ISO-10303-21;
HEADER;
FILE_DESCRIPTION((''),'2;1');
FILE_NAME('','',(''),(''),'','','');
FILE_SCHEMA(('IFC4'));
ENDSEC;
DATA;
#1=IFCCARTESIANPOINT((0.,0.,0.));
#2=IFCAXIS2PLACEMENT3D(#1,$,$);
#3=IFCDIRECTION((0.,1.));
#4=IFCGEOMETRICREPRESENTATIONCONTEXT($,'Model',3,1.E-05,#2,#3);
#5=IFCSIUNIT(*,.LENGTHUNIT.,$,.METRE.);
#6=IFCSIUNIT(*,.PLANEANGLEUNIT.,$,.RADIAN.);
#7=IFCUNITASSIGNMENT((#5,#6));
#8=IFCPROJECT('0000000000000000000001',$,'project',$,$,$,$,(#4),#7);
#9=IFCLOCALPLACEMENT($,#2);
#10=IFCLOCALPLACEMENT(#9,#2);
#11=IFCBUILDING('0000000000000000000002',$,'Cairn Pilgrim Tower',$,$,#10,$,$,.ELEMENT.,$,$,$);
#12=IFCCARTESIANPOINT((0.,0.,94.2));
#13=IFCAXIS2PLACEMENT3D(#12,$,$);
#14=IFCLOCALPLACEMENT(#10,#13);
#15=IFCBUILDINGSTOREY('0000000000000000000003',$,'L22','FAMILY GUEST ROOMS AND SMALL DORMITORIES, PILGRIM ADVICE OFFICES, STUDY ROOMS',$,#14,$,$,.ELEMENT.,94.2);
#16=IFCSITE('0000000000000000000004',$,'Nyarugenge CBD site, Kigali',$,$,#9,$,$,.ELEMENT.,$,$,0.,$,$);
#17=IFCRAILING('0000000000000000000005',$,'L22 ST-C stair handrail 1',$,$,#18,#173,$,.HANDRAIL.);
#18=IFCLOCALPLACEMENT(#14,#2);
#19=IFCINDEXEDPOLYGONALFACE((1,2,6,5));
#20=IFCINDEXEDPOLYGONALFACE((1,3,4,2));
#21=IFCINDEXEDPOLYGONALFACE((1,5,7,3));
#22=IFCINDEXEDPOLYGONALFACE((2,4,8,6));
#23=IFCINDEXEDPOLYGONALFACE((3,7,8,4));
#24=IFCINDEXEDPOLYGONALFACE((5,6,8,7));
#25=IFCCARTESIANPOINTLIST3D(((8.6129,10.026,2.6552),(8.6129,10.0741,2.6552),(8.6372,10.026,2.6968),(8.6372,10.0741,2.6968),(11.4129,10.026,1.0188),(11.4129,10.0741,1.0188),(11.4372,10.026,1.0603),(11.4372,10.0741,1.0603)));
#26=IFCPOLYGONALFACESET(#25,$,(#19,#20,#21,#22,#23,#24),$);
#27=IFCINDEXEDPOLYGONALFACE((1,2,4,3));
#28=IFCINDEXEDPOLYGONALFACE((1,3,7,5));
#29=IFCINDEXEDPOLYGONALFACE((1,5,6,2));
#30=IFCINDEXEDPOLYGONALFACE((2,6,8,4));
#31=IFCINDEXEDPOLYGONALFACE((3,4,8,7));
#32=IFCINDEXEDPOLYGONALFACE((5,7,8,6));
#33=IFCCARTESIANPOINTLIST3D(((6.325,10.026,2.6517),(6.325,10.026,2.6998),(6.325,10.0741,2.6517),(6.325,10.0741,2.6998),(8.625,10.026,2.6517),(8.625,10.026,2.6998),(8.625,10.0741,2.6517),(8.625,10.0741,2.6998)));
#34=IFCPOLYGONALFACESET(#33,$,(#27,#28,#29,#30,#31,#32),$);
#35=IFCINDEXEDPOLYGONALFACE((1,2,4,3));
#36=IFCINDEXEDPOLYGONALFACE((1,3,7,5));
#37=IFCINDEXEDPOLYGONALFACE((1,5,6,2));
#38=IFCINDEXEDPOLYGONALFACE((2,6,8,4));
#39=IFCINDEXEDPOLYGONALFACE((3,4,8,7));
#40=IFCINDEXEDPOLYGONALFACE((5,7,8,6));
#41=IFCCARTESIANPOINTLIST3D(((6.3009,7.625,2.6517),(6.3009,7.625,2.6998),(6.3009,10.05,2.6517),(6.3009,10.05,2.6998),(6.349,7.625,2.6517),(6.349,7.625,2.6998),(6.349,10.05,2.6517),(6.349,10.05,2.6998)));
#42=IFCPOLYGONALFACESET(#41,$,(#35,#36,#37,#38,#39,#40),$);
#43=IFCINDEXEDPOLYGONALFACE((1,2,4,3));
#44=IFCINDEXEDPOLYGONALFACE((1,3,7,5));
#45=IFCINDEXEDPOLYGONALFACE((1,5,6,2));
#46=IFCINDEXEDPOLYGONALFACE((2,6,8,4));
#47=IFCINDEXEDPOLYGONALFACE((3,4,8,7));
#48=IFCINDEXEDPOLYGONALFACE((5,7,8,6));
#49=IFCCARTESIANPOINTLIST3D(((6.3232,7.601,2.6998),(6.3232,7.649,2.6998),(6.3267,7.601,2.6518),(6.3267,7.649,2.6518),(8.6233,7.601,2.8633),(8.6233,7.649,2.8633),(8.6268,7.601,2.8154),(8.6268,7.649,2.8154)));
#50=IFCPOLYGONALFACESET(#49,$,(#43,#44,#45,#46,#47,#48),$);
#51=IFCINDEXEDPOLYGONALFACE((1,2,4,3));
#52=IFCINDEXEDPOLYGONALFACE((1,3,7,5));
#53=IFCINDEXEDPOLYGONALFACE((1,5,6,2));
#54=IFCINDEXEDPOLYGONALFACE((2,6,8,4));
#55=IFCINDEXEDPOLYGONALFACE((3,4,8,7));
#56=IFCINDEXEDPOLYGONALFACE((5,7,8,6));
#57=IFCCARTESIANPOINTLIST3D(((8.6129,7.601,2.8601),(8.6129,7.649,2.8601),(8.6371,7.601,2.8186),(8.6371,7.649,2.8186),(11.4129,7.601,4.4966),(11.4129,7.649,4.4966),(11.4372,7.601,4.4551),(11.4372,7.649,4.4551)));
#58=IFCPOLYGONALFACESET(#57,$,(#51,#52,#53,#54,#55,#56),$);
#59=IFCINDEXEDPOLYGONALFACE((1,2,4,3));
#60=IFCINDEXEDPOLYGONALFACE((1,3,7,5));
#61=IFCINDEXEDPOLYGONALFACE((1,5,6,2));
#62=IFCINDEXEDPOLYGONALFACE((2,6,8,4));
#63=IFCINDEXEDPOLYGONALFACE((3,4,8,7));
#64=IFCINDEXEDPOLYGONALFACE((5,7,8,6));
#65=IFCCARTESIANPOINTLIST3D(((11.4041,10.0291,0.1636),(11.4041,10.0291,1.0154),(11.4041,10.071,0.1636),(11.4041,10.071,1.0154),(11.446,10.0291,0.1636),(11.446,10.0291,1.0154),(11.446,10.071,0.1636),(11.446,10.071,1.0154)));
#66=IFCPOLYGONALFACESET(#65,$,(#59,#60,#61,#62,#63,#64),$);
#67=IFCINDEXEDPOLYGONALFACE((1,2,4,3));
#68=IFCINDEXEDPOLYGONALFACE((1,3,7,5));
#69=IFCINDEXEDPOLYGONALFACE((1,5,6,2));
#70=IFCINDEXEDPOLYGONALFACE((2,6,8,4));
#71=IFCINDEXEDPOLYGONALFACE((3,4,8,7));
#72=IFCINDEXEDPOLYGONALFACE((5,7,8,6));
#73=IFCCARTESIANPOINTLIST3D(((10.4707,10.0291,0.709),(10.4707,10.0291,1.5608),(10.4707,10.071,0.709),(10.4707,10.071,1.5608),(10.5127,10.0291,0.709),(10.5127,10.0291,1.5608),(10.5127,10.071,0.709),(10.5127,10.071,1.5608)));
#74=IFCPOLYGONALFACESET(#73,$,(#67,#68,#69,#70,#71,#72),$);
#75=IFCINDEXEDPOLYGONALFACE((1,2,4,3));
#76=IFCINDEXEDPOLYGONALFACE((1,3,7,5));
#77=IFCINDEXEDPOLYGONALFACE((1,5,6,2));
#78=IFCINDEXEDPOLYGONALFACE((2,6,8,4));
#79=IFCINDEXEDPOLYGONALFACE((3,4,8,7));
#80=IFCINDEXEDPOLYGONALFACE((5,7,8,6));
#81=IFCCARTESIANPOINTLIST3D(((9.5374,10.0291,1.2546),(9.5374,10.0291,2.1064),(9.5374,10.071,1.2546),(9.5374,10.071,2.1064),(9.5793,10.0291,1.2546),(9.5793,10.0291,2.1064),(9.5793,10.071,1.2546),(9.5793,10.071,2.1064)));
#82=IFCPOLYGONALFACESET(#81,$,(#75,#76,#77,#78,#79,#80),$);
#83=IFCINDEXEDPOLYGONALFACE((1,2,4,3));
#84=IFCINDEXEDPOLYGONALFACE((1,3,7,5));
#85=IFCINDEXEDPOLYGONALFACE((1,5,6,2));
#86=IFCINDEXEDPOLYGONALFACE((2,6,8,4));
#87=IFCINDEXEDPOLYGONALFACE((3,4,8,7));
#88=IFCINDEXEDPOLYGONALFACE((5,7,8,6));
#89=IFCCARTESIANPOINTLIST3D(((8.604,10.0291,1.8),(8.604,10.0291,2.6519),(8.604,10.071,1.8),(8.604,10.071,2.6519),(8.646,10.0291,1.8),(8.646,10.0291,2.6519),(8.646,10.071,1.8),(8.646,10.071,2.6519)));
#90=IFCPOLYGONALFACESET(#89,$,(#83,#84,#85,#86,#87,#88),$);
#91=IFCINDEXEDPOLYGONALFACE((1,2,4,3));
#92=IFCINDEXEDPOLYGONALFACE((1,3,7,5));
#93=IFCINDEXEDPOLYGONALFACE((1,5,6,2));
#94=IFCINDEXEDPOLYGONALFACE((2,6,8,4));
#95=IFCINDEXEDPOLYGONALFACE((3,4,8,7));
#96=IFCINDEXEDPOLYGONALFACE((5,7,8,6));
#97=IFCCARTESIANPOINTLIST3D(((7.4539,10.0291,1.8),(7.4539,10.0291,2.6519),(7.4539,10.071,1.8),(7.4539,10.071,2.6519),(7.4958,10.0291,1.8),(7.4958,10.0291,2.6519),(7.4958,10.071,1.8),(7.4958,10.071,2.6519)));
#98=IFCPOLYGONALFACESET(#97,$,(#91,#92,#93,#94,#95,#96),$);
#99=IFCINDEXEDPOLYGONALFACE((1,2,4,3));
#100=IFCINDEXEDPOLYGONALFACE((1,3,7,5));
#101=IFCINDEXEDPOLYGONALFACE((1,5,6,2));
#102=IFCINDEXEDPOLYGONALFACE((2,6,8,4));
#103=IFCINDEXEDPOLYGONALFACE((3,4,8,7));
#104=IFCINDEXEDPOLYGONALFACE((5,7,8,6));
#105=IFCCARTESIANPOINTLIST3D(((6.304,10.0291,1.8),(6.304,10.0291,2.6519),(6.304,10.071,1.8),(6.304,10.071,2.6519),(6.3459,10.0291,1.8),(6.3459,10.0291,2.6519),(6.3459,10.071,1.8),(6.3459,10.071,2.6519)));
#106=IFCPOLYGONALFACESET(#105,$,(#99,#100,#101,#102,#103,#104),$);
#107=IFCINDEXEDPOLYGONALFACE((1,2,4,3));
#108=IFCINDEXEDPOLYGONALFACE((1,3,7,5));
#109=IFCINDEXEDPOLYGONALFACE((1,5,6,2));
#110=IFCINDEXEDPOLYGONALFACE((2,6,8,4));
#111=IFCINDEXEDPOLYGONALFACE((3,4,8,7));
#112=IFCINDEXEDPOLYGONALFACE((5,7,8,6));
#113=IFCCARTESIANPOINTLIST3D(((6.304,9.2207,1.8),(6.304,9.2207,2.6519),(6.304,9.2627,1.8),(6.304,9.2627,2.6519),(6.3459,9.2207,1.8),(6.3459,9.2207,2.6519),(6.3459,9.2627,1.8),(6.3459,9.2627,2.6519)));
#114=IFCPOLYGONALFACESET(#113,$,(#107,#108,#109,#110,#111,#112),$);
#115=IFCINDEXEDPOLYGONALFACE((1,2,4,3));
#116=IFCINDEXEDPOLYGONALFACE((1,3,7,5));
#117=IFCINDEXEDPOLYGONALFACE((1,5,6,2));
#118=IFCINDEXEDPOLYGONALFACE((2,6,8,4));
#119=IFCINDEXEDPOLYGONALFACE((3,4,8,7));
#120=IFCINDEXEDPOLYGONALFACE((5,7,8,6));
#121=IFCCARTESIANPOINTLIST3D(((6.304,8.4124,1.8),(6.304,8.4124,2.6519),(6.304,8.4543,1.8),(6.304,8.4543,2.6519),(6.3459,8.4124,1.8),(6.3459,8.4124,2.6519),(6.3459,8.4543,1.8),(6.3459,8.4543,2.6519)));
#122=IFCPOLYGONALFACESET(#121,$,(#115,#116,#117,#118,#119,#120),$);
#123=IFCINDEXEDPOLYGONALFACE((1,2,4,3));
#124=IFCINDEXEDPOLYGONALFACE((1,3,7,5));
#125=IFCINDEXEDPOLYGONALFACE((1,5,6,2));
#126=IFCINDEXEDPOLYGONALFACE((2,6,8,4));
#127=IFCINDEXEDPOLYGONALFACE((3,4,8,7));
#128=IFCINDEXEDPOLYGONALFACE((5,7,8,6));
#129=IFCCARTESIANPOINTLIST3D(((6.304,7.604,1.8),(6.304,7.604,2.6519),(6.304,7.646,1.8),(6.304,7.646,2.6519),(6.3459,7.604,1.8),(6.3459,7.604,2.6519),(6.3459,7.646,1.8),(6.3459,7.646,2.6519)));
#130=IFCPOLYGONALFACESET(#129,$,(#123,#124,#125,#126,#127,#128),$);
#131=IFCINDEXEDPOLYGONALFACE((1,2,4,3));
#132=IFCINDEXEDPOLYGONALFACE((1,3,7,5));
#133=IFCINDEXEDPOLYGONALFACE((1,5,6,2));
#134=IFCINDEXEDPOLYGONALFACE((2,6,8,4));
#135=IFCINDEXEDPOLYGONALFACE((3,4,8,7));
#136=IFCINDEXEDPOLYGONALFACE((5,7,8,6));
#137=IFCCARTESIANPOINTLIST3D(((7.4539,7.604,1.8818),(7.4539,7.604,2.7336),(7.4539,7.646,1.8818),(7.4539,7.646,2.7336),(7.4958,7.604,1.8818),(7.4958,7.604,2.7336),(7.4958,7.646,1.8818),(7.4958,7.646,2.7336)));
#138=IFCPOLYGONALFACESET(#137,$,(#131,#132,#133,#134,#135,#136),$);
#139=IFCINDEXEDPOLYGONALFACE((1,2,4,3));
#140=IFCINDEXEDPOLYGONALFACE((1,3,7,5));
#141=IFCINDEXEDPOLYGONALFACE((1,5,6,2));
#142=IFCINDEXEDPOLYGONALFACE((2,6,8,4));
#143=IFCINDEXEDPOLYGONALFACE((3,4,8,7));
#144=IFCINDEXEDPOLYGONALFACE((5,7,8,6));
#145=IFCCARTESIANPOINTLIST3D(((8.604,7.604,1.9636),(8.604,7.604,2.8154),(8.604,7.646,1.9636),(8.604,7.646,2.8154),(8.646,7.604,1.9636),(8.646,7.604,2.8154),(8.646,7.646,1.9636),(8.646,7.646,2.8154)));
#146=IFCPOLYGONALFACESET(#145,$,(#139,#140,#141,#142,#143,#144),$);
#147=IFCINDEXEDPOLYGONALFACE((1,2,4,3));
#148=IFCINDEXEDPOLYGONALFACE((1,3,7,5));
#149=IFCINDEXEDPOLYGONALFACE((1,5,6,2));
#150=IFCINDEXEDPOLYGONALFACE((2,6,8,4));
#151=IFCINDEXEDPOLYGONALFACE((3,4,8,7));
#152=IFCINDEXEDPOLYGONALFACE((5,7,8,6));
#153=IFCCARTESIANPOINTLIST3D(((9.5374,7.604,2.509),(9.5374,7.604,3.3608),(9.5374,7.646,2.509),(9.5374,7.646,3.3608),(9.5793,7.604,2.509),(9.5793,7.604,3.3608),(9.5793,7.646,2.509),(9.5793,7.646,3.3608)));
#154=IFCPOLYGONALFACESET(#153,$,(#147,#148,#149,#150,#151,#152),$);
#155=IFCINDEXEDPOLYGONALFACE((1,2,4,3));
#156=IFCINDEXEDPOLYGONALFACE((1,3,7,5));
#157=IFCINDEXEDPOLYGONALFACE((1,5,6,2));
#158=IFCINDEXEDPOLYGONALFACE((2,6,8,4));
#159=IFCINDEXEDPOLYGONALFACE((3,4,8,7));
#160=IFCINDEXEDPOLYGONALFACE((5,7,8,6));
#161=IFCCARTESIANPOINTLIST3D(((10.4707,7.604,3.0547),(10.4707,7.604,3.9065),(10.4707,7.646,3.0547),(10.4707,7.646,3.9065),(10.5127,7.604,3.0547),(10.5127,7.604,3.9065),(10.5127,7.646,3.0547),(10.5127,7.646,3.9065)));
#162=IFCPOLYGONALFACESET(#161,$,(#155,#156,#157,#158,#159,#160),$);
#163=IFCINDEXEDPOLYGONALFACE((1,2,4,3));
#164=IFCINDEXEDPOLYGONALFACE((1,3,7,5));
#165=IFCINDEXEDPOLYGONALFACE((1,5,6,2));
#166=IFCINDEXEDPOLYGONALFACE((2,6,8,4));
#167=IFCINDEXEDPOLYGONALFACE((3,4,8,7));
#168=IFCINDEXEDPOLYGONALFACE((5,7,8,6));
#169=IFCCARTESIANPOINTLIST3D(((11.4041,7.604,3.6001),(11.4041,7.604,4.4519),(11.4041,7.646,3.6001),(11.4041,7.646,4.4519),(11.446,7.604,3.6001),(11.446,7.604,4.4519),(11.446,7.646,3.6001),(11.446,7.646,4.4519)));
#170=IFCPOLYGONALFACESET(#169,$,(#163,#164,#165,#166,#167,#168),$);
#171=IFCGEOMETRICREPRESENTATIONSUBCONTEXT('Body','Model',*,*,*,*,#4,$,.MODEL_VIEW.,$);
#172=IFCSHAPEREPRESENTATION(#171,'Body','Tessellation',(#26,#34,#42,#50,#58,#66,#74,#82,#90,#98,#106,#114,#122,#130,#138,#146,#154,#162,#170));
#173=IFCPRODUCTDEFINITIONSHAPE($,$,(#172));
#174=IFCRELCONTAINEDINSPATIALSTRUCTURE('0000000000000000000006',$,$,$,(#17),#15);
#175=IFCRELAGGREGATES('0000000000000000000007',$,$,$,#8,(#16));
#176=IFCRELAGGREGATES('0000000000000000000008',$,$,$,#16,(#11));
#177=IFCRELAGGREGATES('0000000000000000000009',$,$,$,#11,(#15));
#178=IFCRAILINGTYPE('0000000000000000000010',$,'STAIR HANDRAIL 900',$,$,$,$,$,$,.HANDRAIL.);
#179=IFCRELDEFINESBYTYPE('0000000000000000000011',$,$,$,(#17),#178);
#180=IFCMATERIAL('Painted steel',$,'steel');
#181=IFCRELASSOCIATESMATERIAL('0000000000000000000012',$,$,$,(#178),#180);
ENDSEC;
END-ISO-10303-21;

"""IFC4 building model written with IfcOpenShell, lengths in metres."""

from ifc_helpers import new_model, si_unit, direction, frame, origin, origin_2d, place, context, subcontext, project, spatial, rectangle, extrude, material, type_object, element, save


model = new_model("IFC4")

# Units and contexts
model_context = context("Model", 3, precision=1e-05, world=origin(), true_north=direction((0.0, 1.0)))
body_context = subcontext(model_context, "Body", "Model", "MODEL_VIEW")
ifc_project = project(units=[si_unit("LENGTHUNIT", "METRE"), si_unit("PLANEANGLEUNIT", "RADIAN")], contexts=[model_context])

# Site, building, storey
site_placement = place(None, origin())
site = spatial("IfcSite", under=ifc_project, at=site_placement, Name="Nyarugenge CBD site, Kigali", CompositionType="ELEMENT", RefElevation=0.0)
building_placement = place(site_placement, origin())
building = spatial("IfcBuilding", under=site, at=building_placement, Name="Cairn Pilgrim Tower", CompositionType="ELEMENT")
storey_placement = place(building_placement, frame((0.0, 0.0, 94.2)))
storey = spatial("IfcBuildingStorey", under=building, at=storey_placement, Name="L22", Description="FAMILY GUEST ROOMS AND SMALL DORMITORIES, PILGRIM ADVICE OFFICES, STUDY ROOMS", CompositionType="ELEMENT", Elevation=94.2)

# Shared definitions
ifc_material_1 = material(Name="Painted steel", Category="steel")

# Railing
railing_type_1 = type_object("IfcRailingType", Name="STAIR HANDRAIL 900", PredefinedType="HANDRAIL", material=ifc_material_1)
railing_1_placement = place(storey_placement, frame((11.425, 10.05, 0.1636)))
element("IfcRailing", 1, at=railing_1_placement, inside=storey, type_object=railing_type_1, Name="L22 ST-C stair handrail 1", PredefinedType="HANDRAIL", context=body_context, shape_type="SweptSolid", body=[
    extrude(rectangle(XDim=0.0481, YDim=0.0481, at=origin_2d()), frame((0.0, 0.0, 0.876), z_axis=(-0.863361, 0.0, 0.504587), x_axis=(0.0, -1.0, 0.0)), (0.0, 0.0, 1.0), 3.2432),
    extrude(rectangle(XDim=0.0481, YDim=0.0481, at=origin_2d()), frame((-2.8, 0.0, 2.5122), z_axis=(-1.0, 0.0, 0.0), x_axis=(0.0, -1.0, 0.0)), (0.0, 0.0, 1.0), 2.3),
    extrude(rectangle(XDim=0.0481, YDim=0.0481, at=origin_2d()), frame((-5.1001, 0.0, 2.5122), z_axis=(0.0, -1.0, 0.0), x_axis=(1.0, 0.0, 0.0)), (0.0, 0.0, 1.0), 2.425),
    extrude(rectangle(XDim=0.0481, YDim=0.0481, at=origin_2d()), frame((-5.1001, -2.425, 2.5122), z_axis=(0.997481, 0.0, 0.070939), x_axis=(0.0, 1.0, 0.0)), (0.0, 0.0, 1.0), 2.3059),
    extrude(rectangle(XDim=0.0481, YDim=0.0481, at=origin_2d()), frame((-2.8, -2.425, 2.6758), z_axis=(0.863361, 0.0, 0.504587), x_axis=(0.0, 1.0, 0.0)), (0.0, 0.0, 1.0), 3.2432),
    extrude(rectangle(XDim=0.042, YDim=0.042, at=origin_2d()), origin(), (0.0, 0.0, 1.0), 0.8518),
    extrude(rectangle(XDim=0.042, YDim=0.042, at=origin_2d()), frame((-0.9333, 0.0, 0.5454)), (0.0, 0.0, 1.0), 0.8518),
    extrude(rectangle(XDim=0.042, YDim=0.042, at=origin_2d()), frame((-1.8667, 0.0, 1.0911)), (0.0, 0.0, 1.0), 0.8518),
    extrude(rectangle(XDim=0.042, YDim=0.042, at=origin_2d()), frame((-2.8, 0.0, 1.6365)), (0.0, 0.0, 1.0), 0.8518),
    extrude(rectangle(XDim=0.042, YDim=0.042, at=origin_2d()), frame((-3.9502, 0.0, 1.6365)), (0.0, 0.0, 1.0), 0.8518),
    extrude(rectangle(XDim=0.042, YDim=0.042, at=origin_2d()), frame((-5.1001, 0.0, 1.6365)), (0.0, 0.0, 1.0), 0.8518),
    extrude(rectangle(XDim=0.042, YDim=0.042, at=origin_2d()), frame((-5.1001, -0.8083, 1.6365)), (0.0, 0.0, 1.0), 0.8518),
    extrude(rectangle(XDim=0.042, YDim=0.042, at=origin_2d()), frame((-5.1001, -1.6167, 1.6365)), (0.0, 0.0, 1.0), 0.8518),
    extrude(rectangle(XDim=0.042, YDim=0.042, at=origin_2d()), frame((-5.1001, -2.425, 1.6365)), (0.0, 0.0, 1.0), 0.8518),
    extrude(rectangle(XDim=0.042, YDim=0.042, at=origin_2d()), frame((-3.9502, -2.425, 1.7183)), (0.0, 0.0, 1.0), 0.8518),
    extrude(rectangle(XDim=0.042, YDim=0.042, at=origin_2d()), frame((-2.8, -2.425, 1.8)), (0.0, 0.0, 1.0), 0.8518),
    extrude(rectangle(XDim=0.042, YDim=0.042, at=origin_2d()), frame((-1.8667, -2.425, 2.3455)), (0.0, 0.0, 1.0), 0.8518),
    extrude(rectangle(XDim=0.042, YDim=0.042, at=origin_2d()), frame((-0.9333, -2.425, 2.8911)), (0.0, 0.0, 1.0), 0.8518),
    extrude(rectangle(XDim=0.042, YDim=0.042, at=origin_2d()), frame((0.0, -2.425, 3.4365)), (0.0, 0.0, 1.0), 0.8518),
])

save(model, "model.ifc")
